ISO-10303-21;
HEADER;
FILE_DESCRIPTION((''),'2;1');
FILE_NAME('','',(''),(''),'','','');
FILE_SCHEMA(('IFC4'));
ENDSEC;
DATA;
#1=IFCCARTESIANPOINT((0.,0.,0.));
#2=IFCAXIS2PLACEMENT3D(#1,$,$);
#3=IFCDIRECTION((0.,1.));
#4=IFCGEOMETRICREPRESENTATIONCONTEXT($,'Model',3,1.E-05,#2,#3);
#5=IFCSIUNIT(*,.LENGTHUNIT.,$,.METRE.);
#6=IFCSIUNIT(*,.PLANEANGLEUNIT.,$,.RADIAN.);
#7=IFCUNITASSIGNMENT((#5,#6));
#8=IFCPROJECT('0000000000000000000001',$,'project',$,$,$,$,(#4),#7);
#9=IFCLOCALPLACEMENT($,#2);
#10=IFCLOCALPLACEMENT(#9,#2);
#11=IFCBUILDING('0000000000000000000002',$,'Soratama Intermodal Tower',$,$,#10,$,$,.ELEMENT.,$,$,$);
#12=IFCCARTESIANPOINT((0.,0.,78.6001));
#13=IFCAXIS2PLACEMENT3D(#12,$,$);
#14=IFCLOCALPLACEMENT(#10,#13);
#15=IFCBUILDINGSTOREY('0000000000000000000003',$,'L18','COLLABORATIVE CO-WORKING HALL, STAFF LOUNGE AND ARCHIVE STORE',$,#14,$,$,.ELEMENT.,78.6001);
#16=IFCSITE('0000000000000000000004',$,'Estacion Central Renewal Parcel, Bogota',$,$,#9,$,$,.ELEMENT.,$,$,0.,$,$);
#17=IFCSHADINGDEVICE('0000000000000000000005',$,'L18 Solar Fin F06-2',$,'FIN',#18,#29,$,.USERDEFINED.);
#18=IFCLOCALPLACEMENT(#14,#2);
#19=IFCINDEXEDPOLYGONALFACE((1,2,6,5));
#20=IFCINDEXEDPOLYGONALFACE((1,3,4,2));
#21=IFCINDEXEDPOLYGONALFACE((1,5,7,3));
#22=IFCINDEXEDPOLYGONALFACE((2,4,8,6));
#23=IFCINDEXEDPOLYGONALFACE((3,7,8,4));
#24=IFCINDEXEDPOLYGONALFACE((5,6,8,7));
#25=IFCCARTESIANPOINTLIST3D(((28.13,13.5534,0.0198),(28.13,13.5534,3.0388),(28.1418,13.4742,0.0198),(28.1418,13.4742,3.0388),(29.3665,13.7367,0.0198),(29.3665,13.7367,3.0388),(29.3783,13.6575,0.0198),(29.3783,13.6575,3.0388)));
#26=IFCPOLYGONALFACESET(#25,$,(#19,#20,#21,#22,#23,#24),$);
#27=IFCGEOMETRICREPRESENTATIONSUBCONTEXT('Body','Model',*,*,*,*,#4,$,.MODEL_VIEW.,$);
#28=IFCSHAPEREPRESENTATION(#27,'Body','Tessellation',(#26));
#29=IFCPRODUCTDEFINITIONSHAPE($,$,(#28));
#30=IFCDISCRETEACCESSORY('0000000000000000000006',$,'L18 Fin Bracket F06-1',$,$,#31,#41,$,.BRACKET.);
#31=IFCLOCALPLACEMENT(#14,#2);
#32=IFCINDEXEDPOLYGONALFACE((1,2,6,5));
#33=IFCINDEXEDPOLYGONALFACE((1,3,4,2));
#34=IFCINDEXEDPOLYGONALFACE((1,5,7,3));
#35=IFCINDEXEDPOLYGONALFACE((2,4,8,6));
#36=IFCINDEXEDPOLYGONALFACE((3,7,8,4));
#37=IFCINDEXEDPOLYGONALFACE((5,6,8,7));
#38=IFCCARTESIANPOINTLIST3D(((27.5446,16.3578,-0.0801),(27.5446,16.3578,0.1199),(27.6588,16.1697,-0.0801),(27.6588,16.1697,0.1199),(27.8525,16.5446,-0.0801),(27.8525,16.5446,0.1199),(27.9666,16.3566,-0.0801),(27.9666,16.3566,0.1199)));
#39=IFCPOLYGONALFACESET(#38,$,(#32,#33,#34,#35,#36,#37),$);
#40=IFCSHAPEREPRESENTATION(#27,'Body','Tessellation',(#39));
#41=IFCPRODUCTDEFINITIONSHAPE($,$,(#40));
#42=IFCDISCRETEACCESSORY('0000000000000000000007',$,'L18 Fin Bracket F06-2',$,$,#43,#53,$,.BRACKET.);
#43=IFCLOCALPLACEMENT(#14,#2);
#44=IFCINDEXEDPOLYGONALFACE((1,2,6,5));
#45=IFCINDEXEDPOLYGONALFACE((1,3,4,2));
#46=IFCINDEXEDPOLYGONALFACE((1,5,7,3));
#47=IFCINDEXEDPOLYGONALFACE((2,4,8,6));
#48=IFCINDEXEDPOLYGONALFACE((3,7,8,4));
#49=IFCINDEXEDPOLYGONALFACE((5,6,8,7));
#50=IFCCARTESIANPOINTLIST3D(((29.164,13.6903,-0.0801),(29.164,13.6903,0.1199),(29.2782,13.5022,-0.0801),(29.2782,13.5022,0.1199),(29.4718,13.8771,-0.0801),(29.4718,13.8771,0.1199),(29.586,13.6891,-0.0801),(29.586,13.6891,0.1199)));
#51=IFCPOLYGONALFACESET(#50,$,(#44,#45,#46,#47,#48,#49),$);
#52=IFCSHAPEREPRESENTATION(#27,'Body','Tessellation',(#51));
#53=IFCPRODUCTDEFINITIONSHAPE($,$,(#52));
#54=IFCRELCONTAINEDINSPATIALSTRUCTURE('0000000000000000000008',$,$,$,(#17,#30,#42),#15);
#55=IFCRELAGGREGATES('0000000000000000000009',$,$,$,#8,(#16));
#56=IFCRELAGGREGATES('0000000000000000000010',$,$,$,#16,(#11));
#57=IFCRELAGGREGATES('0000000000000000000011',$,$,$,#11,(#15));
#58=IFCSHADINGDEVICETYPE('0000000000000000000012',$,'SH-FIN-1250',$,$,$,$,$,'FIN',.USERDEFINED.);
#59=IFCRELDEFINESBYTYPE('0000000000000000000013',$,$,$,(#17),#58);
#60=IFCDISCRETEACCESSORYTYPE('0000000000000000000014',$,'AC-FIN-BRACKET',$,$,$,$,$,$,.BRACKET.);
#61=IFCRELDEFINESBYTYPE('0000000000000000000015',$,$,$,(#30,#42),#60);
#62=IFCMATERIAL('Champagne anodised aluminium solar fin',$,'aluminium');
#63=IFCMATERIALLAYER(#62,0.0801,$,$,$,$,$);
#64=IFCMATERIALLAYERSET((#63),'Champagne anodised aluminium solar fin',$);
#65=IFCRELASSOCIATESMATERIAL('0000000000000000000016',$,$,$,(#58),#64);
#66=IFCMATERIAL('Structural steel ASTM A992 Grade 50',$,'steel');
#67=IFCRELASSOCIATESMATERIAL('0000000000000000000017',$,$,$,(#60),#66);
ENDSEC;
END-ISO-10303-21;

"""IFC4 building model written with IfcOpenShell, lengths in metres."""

from ifc_helpers import new_model, si_unit, direction, frame, origin, origin_2d, place, context, subcontext, project, spatial, rectangle, extrude, material, layer, layer_set, type_object, element, save


model = new_model("IFC4")

# Units and contexts
model_context = context("Model", 3, precision=1e-05, world=origin(), true_north=direction((0.0, 1.0)))
body_context = subcontext(model_context, "Body", "Model", "MODEL_VIEW")
ifc_project = project(units=[si_unit("LENGTHUNIT", "METRE"), si_unit("PLANEANGLEUNIT", "RADIAN")], contexts=[model_context])

# Site, building, storey
site_placement = place(None, origin())
site = spatial("IfcSite", under=ifc_project, at=site_placement, Name="Estacion Central Renewal Parcel, Bogota", CompositionType="ELEMENT", RefElevation=0.0)
building_placement = place(site_placement, origin())
building = spatial("IfcBuilding", under=site, at=building_placement, Name="Soratama Intermodal Tower", CompositionType="ELEMENT")
storey_placement = place(building_placement, frame((0.0, 0.0, 78.6001)))
storey = spatial("IfcBuildingStorey", under=building, at=storey_placement, Name="L18", Description="COLLABORATIVE CO-WORKING HALL, STAFF LOUNGE AND ARCHIVE STORE", CompositionType="ELEMENT", Elevation=78.6001)

# Shading device
ifc_material_1 = material(Name="Champagne anodised aluminium solar fin", Category="aluminium")
ifc_layer_1 = layer(ifc_material_1, 0.0801)
ifc_layer_set_1 = layer_set([ifc_layer_1], Name="Champagne anodised aluminium solar fin")
shading_device_type = type_object("IfcShadingDeviceType", Name="SH-FIN-1250", ElementType="FIN", PredefinedType="USERDEFINED", material=ifc_layer_set_1)
for number, where, z_axis, x_axis, name in (
    (1, (28.7542, 13.6055, 0.0198), (0.0, 0.0, 1.0), (-0.989196, -0.146601, 0.0), "L18 Solar Fin F06-2"),
):
    element("IfcShadingDevice", number, at=place(storey_placement, frame(where, z_axis=z_axis, x_axis=x_axis)), inside=storey, type_object=shading_device_type, Name=name, ObjectType="FIN", PredefinedType="USERDEFINED", context=body_context, shape_type="SweptSolid", body=[
        extrude(rectangle(XDim=1.25, YDim=0.0801, at=origin_2d()), origin(), (0.0, 0.0, 1.0), 3.019),
    ])

# Discrete accessories
ifc_material_2 = material(Name="Structural steel ASTM A992 Grade 50", Category="steel")
discrete_accessory_type = type_object("IfcDiscreteAccessoryType", Name="AC-FIN-BRACKET", PredefinedType="BRACKET", material=ifc_material_2)
for number, where, z_axis, x_axis, name in (
    (2, (27.7556, 16.3572, -0.0801), (0.0, 0.0, 1.0), (-0.854821, -0.518922, 0.0), "L18 Fin Bracket F06-1"),
    (3, (29.375, 13.6897, -0.0801), (0.0, 0.0, 1.0), (-0.854821, -0.518922, 0.0), "L18 Fin Bracket F06-2"),
):
    element("IfcDiscreteAccessory", number, at=place(storey_placement, frame(where, z_axis=z_axis, x_axis=x_axis)), inside=storey, type_object=discrete_accessory_type, Name=name, PredefinedType="BRACKET", context=body_context, shape_type="SweptSolid", body=[
        extrude(rectangle(XDim=0.3601, YDim=0.22, at=origin_2d()), origin(), (0.0, 0.0, 1.0), 0.2),
    ])

save(model, "model.ifc")
